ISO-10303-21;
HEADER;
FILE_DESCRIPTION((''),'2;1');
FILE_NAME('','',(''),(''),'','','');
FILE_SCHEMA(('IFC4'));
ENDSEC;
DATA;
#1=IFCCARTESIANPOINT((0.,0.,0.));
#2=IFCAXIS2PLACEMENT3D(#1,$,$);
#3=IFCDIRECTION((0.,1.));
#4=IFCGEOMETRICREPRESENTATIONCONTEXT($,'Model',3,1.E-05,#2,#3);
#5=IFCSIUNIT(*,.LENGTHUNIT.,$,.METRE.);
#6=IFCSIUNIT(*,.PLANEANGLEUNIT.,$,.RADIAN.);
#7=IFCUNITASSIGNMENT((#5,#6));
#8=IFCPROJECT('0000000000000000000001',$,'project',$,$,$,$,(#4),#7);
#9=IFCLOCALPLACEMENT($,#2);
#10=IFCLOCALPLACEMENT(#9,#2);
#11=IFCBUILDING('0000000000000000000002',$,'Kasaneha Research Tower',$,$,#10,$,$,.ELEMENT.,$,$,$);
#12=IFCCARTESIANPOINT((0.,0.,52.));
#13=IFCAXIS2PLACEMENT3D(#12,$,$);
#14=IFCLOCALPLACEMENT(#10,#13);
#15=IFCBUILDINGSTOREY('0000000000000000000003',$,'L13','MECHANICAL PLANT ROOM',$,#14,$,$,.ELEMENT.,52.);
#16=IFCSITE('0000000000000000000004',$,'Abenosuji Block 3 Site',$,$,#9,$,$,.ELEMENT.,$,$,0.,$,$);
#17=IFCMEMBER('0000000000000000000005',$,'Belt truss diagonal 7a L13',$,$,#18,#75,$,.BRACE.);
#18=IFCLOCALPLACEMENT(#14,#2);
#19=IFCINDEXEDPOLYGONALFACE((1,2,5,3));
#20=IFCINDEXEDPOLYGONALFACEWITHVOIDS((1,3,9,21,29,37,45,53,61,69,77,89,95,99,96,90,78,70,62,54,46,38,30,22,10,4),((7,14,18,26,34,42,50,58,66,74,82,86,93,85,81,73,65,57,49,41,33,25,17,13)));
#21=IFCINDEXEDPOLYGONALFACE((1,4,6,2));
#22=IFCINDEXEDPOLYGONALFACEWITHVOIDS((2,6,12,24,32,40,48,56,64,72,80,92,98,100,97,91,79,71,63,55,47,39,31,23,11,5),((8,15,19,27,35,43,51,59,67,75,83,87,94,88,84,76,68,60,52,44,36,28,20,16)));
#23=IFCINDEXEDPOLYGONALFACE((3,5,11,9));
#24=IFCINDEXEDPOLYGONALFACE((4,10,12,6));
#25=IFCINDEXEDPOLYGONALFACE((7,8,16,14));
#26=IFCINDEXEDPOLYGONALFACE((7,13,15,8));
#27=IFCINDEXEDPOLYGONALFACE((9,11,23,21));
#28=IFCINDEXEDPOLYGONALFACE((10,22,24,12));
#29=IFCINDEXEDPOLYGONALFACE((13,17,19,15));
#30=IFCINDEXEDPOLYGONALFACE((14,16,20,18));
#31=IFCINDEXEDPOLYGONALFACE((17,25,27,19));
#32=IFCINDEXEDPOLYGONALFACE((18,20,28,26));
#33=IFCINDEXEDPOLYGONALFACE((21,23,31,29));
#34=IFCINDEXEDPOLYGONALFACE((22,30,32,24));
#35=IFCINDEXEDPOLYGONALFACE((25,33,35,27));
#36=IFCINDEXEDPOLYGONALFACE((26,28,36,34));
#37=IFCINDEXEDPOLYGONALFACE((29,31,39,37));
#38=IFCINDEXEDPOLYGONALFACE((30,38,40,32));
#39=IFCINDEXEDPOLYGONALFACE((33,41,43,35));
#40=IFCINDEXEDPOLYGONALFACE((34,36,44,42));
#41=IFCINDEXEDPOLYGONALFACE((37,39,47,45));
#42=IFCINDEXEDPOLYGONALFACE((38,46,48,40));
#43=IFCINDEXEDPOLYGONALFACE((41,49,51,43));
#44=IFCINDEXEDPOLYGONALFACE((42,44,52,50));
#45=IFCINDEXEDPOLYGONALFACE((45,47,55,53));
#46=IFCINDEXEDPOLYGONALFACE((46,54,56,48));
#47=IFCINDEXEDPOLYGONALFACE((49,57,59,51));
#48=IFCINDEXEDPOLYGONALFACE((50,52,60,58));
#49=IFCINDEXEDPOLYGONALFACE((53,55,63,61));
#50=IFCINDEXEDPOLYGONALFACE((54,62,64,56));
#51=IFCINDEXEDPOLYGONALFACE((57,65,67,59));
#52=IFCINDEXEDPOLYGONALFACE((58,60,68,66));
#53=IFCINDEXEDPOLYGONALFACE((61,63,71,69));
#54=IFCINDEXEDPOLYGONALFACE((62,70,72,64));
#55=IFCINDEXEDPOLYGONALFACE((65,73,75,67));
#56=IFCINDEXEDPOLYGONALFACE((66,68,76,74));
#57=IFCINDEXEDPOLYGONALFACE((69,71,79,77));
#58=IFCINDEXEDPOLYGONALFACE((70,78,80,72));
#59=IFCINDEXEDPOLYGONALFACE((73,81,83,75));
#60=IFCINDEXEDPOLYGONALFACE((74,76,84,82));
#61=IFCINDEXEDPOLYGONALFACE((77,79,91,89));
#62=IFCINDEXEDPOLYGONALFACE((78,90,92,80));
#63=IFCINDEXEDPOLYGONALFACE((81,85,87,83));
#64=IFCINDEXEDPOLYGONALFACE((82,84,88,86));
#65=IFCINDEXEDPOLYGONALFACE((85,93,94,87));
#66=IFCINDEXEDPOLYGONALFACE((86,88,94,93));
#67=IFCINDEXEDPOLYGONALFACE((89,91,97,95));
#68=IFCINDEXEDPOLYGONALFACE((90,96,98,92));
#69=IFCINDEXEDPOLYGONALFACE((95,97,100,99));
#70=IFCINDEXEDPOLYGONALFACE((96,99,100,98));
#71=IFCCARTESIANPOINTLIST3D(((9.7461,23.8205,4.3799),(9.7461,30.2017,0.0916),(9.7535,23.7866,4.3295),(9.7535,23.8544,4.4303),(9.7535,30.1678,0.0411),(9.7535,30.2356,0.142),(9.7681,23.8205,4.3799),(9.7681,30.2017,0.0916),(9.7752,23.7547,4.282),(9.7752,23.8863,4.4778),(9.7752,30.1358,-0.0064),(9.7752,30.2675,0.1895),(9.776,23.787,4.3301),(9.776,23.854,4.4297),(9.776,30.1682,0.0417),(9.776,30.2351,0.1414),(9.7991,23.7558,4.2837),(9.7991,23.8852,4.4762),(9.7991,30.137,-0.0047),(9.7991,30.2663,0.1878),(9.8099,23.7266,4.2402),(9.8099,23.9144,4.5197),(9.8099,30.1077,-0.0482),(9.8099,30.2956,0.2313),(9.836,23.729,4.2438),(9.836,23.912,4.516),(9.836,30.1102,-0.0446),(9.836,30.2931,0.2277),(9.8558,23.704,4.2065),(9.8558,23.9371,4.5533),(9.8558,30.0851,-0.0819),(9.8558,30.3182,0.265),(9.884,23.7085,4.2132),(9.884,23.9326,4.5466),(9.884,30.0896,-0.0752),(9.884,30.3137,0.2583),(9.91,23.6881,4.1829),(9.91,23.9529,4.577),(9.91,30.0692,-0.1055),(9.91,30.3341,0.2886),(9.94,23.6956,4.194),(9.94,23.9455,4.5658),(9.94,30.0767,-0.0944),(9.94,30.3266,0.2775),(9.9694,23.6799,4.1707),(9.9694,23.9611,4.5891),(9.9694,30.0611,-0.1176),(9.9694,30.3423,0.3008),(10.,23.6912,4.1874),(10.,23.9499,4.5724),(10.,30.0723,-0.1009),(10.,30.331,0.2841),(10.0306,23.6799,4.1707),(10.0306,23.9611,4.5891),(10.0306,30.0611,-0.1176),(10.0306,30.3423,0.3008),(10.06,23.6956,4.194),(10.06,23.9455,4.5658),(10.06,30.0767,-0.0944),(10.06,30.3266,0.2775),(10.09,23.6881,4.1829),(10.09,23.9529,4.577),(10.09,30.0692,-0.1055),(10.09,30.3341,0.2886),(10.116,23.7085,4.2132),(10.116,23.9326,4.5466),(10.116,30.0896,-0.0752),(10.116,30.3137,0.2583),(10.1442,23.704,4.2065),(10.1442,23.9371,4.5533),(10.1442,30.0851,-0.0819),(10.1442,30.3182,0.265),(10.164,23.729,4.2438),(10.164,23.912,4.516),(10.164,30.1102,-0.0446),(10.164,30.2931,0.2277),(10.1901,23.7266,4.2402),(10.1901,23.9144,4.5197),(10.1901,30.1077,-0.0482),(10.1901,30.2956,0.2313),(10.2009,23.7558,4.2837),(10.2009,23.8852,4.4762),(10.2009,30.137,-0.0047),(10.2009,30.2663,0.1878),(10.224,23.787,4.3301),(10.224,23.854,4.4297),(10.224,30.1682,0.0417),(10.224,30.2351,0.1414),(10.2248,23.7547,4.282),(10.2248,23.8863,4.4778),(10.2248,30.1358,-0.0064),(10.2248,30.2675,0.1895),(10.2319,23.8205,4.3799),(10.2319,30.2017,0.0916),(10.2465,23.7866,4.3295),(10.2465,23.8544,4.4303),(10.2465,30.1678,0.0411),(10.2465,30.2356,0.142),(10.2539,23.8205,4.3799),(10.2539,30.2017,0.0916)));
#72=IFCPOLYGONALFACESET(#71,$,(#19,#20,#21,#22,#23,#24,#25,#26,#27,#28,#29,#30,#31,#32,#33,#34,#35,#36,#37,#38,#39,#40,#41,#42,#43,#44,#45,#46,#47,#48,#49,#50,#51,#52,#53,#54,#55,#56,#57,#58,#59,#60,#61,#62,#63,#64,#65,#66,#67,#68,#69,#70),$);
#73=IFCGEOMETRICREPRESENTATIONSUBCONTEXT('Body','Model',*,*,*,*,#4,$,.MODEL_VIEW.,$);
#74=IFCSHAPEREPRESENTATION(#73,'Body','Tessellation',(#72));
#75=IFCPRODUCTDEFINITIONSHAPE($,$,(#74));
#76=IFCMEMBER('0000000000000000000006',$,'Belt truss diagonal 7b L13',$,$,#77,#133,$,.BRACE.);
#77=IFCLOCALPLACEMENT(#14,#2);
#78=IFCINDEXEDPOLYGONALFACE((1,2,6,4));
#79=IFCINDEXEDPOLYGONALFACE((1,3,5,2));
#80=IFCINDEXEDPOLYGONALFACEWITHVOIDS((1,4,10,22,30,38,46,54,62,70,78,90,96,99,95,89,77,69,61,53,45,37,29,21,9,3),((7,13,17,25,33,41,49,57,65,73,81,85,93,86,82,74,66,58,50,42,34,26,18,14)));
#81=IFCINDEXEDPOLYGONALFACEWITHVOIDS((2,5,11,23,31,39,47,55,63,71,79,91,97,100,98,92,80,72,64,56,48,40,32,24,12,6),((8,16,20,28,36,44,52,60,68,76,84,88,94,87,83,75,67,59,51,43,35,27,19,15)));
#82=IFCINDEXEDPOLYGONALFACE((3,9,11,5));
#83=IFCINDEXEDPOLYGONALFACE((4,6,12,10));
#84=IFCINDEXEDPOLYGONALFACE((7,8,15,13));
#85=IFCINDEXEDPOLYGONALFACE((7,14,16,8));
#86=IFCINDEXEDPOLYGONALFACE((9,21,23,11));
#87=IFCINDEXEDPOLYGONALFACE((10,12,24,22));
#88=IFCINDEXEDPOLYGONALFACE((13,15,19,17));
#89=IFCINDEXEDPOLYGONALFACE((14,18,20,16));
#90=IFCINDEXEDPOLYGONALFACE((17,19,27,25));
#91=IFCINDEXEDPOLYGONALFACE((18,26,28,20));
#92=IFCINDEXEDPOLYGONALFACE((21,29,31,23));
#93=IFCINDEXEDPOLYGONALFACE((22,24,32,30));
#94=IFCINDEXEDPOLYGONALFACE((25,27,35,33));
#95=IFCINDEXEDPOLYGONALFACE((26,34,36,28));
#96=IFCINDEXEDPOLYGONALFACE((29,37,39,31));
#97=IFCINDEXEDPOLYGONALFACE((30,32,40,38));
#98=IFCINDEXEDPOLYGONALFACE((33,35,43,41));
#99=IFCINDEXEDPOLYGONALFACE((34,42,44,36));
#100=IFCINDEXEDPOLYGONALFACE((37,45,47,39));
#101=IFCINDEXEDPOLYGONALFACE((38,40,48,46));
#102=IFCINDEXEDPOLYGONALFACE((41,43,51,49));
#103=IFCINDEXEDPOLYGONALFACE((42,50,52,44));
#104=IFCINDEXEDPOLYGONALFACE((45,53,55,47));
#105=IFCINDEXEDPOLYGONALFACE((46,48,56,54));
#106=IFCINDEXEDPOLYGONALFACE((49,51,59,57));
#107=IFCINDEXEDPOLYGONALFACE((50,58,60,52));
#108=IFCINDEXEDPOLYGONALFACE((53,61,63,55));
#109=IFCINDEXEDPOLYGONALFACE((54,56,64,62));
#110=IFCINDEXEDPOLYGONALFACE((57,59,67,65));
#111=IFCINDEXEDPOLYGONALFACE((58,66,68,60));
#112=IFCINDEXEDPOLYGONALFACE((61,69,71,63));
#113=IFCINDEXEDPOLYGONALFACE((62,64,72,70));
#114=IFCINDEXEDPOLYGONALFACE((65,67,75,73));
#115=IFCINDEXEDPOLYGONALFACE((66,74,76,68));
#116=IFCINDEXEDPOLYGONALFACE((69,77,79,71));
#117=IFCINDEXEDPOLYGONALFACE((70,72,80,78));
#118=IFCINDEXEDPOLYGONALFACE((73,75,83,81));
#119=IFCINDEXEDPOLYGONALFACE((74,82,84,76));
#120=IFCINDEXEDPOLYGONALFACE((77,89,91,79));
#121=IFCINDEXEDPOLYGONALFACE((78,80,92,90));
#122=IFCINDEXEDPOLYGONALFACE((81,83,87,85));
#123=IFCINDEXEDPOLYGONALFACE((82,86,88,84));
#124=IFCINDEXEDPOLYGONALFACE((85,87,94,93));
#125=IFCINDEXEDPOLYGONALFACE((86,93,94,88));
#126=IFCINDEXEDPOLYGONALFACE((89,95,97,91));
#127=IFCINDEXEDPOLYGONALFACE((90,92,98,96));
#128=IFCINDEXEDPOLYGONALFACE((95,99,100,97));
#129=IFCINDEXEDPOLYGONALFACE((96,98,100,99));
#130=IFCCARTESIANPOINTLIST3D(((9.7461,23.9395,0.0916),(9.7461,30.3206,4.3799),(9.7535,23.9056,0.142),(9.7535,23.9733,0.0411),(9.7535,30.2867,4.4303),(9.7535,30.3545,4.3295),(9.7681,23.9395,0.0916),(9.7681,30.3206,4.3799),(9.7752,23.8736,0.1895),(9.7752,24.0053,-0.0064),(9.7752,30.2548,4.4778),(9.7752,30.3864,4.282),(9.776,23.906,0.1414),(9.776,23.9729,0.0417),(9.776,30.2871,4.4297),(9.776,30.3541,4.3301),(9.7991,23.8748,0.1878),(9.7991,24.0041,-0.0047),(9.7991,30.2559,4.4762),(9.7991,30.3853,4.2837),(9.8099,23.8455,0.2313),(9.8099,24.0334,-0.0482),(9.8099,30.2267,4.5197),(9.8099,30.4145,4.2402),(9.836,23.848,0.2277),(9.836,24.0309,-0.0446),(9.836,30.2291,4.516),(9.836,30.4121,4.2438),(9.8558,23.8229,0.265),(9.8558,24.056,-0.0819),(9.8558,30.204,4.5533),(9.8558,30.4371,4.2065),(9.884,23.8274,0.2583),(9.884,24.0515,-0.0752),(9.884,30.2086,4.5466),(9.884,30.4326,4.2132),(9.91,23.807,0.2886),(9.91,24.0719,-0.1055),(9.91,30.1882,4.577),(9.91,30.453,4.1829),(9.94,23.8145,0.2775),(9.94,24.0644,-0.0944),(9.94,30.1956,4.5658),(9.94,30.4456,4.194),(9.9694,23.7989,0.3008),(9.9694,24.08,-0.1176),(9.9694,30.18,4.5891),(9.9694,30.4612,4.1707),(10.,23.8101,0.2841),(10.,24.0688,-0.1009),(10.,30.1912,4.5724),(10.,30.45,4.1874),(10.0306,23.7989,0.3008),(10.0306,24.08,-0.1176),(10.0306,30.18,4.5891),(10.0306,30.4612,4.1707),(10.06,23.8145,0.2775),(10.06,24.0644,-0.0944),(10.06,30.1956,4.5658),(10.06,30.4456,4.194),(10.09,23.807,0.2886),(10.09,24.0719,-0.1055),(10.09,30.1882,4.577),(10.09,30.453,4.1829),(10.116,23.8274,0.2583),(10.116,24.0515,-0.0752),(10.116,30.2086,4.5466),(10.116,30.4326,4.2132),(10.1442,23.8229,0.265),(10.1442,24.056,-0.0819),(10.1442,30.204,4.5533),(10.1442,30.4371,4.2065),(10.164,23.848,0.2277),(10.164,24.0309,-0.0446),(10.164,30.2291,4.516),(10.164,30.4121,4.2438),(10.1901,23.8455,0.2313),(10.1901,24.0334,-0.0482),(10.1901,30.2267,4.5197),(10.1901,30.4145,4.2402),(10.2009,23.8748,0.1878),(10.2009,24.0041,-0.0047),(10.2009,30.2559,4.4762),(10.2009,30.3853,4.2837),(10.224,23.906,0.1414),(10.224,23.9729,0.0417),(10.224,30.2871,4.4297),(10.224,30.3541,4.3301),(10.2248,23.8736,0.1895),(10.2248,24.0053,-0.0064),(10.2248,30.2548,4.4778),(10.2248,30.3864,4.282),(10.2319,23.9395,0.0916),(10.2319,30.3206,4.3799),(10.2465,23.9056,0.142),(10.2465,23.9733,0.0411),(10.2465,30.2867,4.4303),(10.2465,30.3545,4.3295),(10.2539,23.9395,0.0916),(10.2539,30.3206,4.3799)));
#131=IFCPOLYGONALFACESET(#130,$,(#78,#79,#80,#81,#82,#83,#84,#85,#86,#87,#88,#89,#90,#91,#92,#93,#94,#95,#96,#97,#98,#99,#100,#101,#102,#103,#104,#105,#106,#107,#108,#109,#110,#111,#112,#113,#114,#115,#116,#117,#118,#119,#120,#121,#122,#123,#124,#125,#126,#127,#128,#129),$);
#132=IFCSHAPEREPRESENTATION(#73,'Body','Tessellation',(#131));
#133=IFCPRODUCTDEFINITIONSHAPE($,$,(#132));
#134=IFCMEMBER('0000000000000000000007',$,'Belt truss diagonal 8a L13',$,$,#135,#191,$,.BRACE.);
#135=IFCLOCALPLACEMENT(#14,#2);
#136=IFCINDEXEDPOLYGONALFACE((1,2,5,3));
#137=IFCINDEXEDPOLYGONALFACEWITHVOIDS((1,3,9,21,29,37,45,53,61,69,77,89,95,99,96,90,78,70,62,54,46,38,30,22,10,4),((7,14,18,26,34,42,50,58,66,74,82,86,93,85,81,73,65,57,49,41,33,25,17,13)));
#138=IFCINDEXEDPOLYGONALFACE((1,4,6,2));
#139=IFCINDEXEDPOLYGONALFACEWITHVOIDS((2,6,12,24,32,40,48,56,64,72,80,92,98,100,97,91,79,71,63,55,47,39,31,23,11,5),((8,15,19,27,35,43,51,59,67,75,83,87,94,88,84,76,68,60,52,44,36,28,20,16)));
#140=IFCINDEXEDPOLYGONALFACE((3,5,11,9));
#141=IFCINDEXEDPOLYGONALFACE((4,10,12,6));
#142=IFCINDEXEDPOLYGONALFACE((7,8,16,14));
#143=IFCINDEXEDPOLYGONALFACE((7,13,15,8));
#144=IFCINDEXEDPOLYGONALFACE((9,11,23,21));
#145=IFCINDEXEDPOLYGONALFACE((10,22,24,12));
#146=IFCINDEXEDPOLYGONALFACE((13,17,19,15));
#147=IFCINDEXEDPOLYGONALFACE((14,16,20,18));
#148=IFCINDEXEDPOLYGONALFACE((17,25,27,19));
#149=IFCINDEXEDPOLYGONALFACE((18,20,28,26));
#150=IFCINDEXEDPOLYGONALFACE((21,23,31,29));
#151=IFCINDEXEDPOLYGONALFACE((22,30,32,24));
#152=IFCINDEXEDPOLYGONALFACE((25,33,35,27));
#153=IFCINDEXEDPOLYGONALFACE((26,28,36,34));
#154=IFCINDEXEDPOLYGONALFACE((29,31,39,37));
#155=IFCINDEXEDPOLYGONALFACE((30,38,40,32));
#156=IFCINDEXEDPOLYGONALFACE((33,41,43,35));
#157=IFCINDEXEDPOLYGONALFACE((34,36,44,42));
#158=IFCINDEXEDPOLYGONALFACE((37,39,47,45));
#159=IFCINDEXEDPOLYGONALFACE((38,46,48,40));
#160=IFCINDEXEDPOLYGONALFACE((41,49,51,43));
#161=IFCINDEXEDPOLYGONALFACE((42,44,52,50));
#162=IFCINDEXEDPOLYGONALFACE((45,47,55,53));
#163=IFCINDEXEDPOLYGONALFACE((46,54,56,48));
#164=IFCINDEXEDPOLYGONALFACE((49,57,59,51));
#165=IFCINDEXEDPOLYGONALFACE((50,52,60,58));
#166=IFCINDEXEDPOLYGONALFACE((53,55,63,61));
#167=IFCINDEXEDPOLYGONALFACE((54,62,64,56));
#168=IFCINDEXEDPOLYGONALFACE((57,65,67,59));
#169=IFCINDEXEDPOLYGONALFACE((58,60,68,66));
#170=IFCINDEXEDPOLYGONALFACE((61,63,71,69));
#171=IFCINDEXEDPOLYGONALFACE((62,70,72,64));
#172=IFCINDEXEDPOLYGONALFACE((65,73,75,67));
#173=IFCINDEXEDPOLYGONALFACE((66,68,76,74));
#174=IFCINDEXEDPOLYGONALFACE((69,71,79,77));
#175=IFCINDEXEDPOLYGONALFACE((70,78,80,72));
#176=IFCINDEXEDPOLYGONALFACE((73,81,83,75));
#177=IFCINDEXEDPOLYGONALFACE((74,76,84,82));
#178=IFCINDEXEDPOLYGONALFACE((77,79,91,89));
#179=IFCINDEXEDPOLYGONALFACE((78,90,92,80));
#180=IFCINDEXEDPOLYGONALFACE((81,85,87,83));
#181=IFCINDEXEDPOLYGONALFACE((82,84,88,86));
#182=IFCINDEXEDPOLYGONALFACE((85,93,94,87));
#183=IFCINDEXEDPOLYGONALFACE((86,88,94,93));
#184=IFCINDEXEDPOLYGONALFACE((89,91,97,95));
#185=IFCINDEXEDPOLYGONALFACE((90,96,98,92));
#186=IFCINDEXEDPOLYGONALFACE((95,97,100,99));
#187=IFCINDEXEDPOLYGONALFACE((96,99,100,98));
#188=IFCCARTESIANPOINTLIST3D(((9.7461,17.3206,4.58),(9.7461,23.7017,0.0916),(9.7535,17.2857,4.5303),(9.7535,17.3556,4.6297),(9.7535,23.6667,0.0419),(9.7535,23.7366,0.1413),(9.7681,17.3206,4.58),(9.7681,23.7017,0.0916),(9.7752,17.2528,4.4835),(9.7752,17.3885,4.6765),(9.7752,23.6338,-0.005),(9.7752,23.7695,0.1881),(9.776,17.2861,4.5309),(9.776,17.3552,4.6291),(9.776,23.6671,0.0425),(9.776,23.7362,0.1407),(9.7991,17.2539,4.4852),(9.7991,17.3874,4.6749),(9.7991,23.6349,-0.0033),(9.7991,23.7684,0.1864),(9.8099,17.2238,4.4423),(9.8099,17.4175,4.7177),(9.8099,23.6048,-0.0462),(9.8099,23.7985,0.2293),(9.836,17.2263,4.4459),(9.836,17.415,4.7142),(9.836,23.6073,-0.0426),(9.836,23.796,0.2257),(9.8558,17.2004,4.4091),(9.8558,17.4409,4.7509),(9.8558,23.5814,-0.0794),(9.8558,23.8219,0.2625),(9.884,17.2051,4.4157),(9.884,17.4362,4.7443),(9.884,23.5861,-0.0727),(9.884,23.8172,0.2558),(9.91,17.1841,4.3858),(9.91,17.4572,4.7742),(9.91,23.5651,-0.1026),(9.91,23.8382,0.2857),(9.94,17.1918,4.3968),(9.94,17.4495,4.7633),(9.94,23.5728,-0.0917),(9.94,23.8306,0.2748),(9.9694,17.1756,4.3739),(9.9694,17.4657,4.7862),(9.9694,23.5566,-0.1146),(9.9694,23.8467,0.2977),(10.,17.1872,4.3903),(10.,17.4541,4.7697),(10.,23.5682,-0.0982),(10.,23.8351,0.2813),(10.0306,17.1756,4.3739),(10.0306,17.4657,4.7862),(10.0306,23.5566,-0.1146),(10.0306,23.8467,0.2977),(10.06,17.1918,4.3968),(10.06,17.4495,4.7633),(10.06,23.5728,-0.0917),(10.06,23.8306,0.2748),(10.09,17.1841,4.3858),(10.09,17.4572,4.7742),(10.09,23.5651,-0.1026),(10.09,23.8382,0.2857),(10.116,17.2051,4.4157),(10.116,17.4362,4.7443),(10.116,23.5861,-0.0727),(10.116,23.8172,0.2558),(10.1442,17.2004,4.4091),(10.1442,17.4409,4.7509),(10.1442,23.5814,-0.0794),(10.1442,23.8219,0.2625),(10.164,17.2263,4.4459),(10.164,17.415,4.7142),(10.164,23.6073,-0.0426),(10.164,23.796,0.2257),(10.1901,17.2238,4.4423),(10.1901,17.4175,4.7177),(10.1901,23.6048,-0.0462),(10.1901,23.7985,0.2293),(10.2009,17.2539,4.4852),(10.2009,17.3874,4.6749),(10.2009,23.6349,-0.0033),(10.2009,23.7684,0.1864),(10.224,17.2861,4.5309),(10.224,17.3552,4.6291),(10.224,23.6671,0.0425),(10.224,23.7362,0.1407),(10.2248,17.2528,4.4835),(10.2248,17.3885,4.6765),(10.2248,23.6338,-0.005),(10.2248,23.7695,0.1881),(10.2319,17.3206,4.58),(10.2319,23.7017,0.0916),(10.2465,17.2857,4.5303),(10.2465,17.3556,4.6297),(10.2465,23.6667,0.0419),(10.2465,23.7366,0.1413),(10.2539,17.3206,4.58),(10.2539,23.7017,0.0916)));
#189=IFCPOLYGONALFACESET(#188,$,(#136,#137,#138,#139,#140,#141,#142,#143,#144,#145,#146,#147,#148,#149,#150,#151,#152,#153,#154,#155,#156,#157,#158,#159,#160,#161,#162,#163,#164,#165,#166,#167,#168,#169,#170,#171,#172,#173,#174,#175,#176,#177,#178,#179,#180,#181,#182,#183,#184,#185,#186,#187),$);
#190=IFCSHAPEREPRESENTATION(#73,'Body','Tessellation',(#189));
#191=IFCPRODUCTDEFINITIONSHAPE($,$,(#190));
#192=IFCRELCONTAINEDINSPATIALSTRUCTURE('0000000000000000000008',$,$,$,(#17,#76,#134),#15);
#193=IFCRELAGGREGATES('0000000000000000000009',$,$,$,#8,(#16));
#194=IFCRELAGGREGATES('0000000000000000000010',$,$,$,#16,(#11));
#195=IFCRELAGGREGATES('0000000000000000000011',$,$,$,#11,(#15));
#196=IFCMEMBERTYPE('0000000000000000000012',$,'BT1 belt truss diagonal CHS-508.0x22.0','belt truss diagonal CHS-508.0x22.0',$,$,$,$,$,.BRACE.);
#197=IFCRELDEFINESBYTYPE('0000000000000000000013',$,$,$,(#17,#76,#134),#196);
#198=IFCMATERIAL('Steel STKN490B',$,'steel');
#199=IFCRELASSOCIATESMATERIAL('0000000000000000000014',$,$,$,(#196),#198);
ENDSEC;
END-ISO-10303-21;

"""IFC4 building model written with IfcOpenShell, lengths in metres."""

from ifc_helpers import new_model, si_unit, direction, frame, origin, origin_2d, place, context, subcontext, project, spatial, hollow_circle, extrude, material, material_profile, profile_set, type_object, element, save


model = new_model("IFC4")

# Units and contexts
model_context = context("Model", 3, precision=1e-05, world=origin(), true_north=direction((0.0, 1.0)))
body_context = subcontext(model_context, "Body", "Model", "MODEL_VIEW")
ifc_project = project(units=[si_unit("LENGTHUNIT", "METRE"), si_unit("PLANEANGLEUNIT", "RADIAN")], contexts=[model_context])

# Site, building, storey
site_placement = place(None, origin())
site = spatial("IfcSite", under=ifc_project, at=site_placement, Name="Abenosuji Block 3 Site", CompositionType="ELEMENT", RefElevation=0.0)
building_placement = place(site_placement, origin())
building = spatial("IfcBuilding", under=site, at=building_placement, Name="Kasaneha Research Tower", CompositionType="ELEMENT")
storey_placement = place(building_placement, frame((0.0, 0.0, 52.0)))
storey = spatial("IfcBuildingStorey", under=building, at=storey_placement, Name="L13", Description="MECHANICAL PLANT ROOM", CompositionType="ELEMENT", Elevation=52.0)

# Members
ifc_material_1 = material(Name="Steel STKN490B", Category="steel")
ifc_material_profile_1 = material_profile(ifc_material_1, hollow_circle(Radius=0.2539, WallThickness=0.022, at=origin_2d()), Name="CHS-508.0x22.0")
ifc_profile_set_1 = profile_set([ifc_material_profile_1], Name="Steel STKN490B")
member_type = type_object("IfcMemberType", Name="BT1 belt truss diagonal CHS-508.0x22.0", Description="belt truss diagonal CHS-508.0x22.0", PredefinedType="BRACE", material=ifc_profile_set_1)
for number, where, z_axis, x_axis, name in (
    (1, (10.0, 30.2017, 0.0916), (0.0, -0.829988, 0.557782), (1.0, 0.0, 0.0), "Belt truss diagonal 7a L13"),
    (2, (10.0, 23.9395, 0.0916), (0.0, 0.829988, 0.557782), (-1.0, 0.0, 0.0), "Belt truss diagonal 7b L13"),
):
    element("IfcMember", number, at=place(storey_placement, frame(where, z_axis=z_axis, x_axis=x_axis)), inside=storey, type_object=member_type, Name=name, PredefinedType="BRACE", context=body_context, shape_type="SweptSolid", body=[
        extrude(hollow_circle(Radius=0.2539, WallThickness=0.022, at=origin_2d()), origin(), (0.0, 0.0, 1.0), 7.6882),
    ])
for number, where, z_axis, x_axis, name in (
    (3, (10.0, 23.7017, 0.0916), (0.0, -0.81792, 0.575332), (1.0, 0.0, 0.0), "Belt truss diagonal 8a L13"),
):
    element("IfcMember", number, at=place(storey_placement, frame(where, z_axis=z_axis, x_axis=x_axis)), inside=storey, type_object=member_type, Name=name, PredefinedType="BRACE", context=body_context, shape_type="SweptSolid", body=[
        extrude(hollow_circle(Radius=0.2539, WallThickness=0.022, at=origin_2d()), origin(), (0.0, 0.0, 1.0), 7.8015),
    ])

save(model, "model.ifc")
